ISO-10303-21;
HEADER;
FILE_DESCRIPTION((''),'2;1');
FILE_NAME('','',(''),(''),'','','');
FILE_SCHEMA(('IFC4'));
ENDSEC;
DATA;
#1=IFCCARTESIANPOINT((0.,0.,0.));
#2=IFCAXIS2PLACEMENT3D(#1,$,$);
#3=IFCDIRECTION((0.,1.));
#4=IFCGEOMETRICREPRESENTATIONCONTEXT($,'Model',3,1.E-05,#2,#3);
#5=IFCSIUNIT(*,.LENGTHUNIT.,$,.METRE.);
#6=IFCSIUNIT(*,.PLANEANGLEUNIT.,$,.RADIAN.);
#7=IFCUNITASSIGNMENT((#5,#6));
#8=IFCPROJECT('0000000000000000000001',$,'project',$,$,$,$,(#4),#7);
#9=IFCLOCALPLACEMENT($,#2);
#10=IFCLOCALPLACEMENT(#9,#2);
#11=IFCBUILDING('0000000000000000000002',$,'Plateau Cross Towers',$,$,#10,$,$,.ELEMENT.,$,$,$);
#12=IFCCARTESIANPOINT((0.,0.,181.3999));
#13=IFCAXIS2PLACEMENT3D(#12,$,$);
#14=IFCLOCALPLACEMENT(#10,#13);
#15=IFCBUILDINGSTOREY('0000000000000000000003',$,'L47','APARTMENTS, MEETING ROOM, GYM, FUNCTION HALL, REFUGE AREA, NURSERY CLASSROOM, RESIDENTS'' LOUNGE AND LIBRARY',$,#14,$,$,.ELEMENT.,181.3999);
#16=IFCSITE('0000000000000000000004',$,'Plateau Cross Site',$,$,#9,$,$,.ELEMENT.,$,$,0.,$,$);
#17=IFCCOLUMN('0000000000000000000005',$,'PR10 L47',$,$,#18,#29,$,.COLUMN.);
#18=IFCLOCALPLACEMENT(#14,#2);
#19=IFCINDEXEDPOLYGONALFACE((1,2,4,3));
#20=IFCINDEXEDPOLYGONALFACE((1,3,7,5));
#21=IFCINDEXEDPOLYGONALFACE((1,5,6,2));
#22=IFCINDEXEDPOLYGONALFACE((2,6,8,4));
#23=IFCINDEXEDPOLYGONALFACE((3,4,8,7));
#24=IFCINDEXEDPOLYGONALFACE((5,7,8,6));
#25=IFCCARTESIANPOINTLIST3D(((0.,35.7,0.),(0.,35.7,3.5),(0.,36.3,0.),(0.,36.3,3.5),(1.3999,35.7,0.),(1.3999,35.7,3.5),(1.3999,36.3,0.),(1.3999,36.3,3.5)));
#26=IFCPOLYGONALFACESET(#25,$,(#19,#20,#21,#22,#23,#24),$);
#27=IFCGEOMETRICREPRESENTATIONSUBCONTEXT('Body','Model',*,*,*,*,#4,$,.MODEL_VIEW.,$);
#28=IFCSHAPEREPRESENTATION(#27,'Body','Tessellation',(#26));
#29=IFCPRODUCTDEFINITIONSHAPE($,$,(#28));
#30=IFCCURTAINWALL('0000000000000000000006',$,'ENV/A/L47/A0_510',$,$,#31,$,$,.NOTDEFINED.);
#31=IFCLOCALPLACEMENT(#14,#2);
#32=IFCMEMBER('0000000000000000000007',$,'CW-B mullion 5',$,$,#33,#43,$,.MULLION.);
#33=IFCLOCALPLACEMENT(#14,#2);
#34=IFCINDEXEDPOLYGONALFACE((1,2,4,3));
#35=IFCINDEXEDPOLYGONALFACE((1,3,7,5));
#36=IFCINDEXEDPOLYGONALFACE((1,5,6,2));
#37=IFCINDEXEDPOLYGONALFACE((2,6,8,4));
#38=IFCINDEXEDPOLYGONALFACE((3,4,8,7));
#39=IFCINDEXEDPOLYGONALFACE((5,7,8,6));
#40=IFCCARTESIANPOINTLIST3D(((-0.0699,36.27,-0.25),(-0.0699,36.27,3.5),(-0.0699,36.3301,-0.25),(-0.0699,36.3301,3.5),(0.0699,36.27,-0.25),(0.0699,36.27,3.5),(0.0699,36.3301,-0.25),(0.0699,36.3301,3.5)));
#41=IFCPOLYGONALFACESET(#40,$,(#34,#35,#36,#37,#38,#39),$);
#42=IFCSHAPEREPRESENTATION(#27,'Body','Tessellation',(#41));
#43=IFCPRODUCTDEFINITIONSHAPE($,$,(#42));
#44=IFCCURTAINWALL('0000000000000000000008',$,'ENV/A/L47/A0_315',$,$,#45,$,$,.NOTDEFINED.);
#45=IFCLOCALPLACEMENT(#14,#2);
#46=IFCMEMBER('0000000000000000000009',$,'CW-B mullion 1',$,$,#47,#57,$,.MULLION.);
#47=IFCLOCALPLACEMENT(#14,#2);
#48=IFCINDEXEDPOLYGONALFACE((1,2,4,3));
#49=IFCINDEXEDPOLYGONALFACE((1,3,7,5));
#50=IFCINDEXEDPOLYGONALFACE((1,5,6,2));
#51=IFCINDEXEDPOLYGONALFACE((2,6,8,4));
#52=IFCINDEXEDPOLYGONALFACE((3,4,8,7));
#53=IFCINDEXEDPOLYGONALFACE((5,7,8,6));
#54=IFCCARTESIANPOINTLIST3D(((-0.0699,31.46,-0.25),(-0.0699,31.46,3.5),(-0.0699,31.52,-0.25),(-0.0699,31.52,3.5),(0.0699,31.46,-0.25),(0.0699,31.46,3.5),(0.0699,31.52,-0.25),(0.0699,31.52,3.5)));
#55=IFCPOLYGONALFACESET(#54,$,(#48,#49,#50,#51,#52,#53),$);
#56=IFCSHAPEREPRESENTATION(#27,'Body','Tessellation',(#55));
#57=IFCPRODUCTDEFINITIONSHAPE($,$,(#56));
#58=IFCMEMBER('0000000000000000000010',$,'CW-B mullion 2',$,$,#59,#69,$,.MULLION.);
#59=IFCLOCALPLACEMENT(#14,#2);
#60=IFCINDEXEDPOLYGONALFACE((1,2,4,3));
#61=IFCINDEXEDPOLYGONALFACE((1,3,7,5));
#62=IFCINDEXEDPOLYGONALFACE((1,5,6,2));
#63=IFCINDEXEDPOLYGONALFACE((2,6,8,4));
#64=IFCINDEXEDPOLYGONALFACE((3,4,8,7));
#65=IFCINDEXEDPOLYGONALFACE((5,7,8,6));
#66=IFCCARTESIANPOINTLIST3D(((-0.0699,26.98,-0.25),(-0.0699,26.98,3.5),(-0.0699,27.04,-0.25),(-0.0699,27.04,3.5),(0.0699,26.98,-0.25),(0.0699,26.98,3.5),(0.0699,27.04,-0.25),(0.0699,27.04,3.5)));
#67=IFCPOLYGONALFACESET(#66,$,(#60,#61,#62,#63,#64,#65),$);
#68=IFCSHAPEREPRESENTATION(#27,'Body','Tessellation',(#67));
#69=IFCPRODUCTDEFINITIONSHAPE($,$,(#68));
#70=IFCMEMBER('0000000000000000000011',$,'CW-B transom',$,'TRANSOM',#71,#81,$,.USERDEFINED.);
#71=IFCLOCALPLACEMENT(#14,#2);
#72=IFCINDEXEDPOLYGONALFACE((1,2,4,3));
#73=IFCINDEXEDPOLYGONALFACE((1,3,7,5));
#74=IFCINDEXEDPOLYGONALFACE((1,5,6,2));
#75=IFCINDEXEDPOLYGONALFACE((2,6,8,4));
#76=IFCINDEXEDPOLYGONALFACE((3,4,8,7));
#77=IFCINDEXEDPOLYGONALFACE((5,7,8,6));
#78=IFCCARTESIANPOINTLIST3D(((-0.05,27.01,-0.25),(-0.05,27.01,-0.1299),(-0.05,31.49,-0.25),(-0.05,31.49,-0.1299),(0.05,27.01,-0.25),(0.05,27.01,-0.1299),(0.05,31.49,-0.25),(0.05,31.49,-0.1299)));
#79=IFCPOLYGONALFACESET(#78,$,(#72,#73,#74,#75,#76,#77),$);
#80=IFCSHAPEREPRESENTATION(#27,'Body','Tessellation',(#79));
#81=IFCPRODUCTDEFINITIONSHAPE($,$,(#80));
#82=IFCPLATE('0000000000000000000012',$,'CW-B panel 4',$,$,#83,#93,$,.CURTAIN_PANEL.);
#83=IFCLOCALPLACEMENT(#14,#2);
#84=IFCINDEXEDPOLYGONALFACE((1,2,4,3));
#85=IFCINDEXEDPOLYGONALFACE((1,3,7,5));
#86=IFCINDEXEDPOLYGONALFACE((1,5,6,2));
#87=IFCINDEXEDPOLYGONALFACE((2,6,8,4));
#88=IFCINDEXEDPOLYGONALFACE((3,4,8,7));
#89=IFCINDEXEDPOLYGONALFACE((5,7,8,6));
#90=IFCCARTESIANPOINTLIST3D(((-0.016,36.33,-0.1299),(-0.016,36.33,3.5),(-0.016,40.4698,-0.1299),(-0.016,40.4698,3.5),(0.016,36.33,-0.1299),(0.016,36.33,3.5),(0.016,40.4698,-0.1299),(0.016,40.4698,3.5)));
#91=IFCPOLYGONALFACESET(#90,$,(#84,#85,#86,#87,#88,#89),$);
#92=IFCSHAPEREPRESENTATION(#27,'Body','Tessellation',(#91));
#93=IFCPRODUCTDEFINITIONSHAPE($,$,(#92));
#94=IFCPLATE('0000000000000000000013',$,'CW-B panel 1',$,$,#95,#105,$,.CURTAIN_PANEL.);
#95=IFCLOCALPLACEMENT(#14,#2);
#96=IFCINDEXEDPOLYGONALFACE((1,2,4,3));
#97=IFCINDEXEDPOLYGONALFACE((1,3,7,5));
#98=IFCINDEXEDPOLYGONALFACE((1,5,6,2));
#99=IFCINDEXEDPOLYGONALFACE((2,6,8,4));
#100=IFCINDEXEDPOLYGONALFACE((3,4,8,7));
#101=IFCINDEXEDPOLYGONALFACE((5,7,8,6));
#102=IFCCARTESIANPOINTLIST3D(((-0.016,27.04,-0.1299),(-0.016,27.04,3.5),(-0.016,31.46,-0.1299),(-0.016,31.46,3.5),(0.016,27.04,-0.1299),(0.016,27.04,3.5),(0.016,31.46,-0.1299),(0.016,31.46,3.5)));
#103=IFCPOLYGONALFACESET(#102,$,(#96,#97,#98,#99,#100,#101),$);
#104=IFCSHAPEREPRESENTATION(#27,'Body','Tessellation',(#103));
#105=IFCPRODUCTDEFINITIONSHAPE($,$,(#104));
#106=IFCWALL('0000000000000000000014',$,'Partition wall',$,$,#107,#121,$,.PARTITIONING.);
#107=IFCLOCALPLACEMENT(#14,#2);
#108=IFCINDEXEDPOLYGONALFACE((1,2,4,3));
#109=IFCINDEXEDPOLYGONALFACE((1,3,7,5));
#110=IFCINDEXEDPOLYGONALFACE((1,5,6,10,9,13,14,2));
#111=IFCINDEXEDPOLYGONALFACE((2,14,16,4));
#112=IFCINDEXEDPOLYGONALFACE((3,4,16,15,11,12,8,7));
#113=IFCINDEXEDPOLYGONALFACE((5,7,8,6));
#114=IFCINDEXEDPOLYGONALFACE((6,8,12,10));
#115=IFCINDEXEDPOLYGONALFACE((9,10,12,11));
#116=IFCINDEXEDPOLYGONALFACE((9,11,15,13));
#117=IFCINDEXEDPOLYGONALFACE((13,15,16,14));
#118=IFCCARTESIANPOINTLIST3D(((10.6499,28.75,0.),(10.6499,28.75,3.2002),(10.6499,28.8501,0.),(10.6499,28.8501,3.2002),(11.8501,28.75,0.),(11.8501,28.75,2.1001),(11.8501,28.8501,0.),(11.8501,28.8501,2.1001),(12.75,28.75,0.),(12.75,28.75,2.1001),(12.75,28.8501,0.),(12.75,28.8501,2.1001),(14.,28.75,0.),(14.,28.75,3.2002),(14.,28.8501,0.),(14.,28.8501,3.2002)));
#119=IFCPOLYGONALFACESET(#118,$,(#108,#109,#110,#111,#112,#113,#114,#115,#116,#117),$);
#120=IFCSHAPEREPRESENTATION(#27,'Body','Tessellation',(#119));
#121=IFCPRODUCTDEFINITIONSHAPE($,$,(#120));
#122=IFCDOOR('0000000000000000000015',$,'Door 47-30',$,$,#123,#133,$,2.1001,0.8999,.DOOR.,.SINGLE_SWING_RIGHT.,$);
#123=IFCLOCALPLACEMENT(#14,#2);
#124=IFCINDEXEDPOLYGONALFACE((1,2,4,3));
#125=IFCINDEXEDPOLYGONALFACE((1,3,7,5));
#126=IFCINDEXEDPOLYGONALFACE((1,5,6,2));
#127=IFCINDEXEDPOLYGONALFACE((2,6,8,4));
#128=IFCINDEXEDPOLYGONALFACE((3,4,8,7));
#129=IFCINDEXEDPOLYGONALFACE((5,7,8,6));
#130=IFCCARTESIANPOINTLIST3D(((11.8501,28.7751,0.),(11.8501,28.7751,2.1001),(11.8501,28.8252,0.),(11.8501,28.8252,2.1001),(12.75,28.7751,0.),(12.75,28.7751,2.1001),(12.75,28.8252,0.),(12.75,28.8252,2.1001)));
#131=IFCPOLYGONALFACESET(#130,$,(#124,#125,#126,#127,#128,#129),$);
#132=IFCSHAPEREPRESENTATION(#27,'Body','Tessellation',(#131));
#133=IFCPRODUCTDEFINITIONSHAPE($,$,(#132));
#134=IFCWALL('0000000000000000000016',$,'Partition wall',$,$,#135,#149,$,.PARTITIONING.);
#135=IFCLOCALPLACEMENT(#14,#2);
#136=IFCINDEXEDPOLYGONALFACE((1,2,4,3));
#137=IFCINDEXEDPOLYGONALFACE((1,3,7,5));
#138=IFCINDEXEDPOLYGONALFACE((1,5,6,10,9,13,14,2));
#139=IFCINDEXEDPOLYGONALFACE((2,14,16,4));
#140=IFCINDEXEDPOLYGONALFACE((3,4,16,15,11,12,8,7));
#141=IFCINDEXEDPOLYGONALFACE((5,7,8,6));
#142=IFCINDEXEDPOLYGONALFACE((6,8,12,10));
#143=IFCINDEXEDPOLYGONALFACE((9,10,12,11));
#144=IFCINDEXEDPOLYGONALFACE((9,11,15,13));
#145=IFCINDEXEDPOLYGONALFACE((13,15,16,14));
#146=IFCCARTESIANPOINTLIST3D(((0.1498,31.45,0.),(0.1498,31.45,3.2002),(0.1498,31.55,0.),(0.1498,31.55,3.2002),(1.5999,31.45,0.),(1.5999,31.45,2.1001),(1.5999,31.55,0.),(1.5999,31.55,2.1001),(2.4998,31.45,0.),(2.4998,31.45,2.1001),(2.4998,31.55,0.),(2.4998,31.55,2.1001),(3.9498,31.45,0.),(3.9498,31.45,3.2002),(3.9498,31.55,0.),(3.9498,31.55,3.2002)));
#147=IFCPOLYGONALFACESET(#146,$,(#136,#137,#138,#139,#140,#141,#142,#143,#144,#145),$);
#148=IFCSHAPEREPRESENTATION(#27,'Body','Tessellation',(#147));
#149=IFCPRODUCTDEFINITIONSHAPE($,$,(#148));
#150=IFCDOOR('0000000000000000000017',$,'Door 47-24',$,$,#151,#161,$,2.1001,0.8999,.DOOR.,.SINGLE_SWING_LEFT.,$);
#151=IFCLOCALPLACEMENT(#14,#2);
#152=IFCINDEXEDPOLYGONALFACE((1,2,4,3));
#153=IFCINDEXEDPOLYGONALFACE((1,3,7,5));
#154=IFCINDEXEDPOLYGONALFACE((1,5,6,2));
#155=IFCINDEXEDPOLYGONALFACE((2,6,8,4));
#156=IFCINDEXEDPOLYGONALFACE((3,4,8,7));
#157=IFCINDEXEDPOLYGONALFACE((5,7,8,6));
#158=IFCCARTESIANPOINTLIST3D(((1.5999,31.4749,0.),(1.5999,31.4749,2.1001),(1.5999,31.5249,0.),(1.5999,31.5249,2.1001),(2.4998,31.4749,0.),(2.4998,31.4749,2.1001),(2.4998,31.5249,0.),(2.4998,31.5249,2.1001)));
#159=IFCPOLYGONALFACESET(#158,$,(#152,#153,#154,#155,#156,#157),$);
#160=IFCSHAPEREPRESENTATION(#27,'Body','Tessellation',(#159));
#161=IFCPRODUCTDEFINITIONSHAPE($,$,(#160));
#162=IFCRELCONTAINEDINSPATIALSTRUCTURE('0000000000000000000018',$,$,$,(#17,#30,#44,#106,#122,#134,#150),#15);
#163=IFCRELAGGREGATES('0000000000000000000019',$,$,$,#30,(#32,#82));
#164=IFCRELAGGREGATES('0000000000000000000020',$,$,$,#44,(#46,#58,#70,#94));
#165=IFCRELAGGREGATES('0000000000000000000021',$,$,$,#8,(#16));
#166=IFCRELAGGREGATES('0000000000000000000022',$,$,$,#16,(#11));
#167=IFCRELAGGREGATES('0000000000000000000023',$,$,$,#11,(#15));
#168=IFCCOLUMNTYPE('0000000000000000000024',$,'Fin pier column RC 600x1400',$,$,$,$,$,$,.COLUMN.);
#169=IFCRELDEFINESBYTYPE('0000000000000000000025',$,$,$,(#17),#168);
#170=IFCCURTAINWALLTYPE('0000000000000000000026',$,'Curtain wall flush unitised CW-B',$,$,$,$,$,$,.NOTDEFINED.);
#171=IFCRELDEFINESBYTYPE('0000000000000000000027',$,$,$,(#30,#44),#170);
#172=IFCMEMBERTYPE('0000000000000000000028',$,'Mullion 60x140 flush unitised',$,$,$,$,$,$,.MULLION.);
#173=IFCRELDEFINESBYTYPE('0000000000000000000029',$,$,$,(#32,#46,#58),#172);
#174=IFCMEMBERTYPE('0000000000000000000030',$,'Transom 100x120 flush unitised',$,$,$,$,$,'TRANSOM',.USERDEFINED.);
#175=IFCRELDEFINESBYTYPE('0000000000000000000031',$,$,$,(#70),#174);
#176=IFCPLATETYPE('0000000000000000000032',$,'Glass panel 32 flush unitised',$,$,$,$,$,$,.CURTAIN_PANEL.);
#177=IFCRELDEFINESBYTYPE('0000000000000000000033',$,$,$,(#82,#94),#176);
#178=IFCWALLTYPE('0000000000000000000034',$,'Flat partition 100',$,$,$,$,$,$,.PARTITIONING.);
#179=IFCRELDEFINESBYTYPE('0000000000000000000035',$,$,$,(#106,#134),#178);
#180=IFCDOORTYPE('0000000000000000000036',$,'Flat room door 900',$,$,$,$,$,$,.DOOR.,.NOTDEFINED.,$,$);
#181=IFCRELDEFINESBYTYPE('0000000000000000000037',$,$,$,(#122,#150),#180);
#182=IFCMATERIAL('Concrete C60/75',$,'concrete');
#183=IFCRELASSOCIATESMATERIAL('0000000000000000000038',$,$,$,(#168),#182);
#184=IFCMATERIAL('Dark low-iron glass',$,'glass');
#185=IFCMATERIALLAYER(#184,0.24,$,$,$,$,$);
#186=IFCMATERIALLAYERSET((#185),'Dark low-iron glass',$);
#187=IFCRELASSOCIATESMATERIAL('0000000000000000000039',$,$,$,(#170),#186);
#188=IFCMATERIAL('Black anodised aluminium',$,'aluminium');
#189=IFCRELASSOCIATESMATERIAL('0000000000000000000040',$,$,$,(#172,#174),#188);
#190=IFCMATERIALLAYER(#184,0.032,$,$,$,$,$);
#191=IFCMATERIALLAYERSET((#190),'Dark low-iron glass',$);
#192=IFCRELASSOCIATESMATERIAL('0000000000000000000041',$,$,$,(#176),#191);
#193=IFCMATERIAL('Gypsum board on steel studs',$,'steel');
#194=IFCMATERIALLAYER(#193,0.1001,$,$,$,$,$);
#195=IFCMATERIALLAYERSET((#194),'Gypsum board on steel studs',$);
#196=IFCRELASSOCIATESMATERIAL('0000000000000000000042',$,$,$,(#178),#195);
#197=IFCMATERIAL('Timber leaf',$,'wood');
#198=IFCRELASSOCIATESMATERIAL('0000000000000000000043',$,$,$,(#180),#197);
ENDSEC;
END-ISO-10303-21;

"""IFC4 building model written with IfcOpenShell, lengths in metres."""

from ifc_helpers import new_model, si_unit, direction, frame, frame_2d, origin, origin_2d, place, context, subcontext, project, spatial, rectangle, extrude, material, layer, layer_set, material_profile, profile_set, type_object, element, fill, aggregate, save


model = new_model("IFC4")

# Units and contexts
model_context = context("Model", 3, precision=1e-05, world=origin(), true_north=direction((0.0, 1.0)))
body_context = subcontext(model_context, "Body", "Model", "MODEL_VIEW")
ifc_project = project(units=[si_unit("LENGTHUNIT", "METRE"), si_unit("PLANEANGLEUNIT", "RADIAN")], contexts=[model_context])

# Site, building, storey
site_placement = place(None, origin())
site = spatial("IfcSite", under=ifc_project, at=site_placement, Name="Plateau Cross Site", CompositionType="ELEMENT", RefElevation=0.0)
building_placement = place(site_placement, origin())
building = spatial("IfcBuilding", under=site, at=building_placement, Name="Plateau Cross Towers", CompositionType="ELEMENT")
storey_placement = place(building_placement, frame((0.0, 0.0, 181.3999)))
storey = spatial("IfcBuildingStorey", under=building, at=storey_placement, Name="L47", Description="APARTMENTS, MEETING ROOM, GYM, FUNCTION HALL, REFUGE AREA, NURSERY CLASSROOM, RESIDENTS' LOUNGE AND LIBRARY", CompositionType="ELEMENT", Elevation=181.3999)

# Column
ifc_material_1 = material(Name="Concrete C60/75", Category="concrete")
ifc_material_profile_1 = material_profile(ifc_material_1, rectangle(XDim=0.6001, YDim=1.3999, at=origin_2d()), Name="RC 600x1400")
ifc_profile_set_1 = profile_set([ifc_material_profile_1], Name="Concrete C60/75")
column_type = type_object("IfcColumnType", Name="Fin pier column RC 600x1400", PredefinedType="COLUMN", material=ifc_profile_set_1)
column_placement = place(storey_placement, frame((0.7, 36.0, 0.0), z_axis=(0.0, 0.0, 1.0), x_axis=(0.0, 1.0, 0.0)))
element("IfcColumn", 1, at=column_placement, inside=storey, type_object=column_type, Name="PR10 L47", PredefinedType="COLUMN", context=body_context, shape_type="SweptSolid", body=[
    extrude(rectangle(XDim=0.6001, YDim=1.3999, at=origin_2d()), origin(), (0.0, 0.0, 1.0), 3.5),
])

# Curtain wall, member
ifc_material_2 = material(Name="Dark low-iron glass", Category="glass")
ifc_layer_1 = layer(ifc_material_2, 0.24)
ifc_layer_set_1 = layer_set([ifc_layer_1], Name="Dark low-iron glass")
curtain_wall_type = type_object("IfcCurtainWallType", Name="Curtain wall flush unitised CW-B", PredefinedType="NOTDEFINED", material=ifc_layer_set_1)
curtain_wall_1_placement = place(storey_placement, origin())
curtain_wall_1 = element("IfcCurtainWall", 2, at=curtain_wall_1_placement, inside=storey, type_object=curtain_wall_type, Name="ENV/A/L47/A0_510", PredefinedType="NOTDEFINED")
ifc_material_3 = material(Name="Black anodised aluminium", Category="aluminium")
ifc_material_profile_2 = material_profile(ifc_material_3, rectangle(XDim=0.0601, YDim=0.1399, at=origin_2d()), Name="MULLION 60x140")
ifc_profile_set_2 = profile_set([ifc_material_profile_2], Name="Black anodised aluminium")
member_type_1 = type_object("IfcMemberType", Name="Mullion 60x140 flush unitised", PredefinedType="MULLION", material=ifc_profile_set_2)
member_1_placement = place(storey_placement, frame((0.0, 36.3, -0.25), z_axis=(0.0, 0.0, 1.0), x_axis=(0.0, -1.0, 0.0)))
member_1 = element("IfcMember", 3, at=member_1_placement, type_object=member_type_1, Name="CW-B mullion 5", PredefinedType="MULLION", context=body_context, shape_type="SweptSolid", body=[
    extrude(rectangle(XDim=0.0601, YDim=0.1399, at=origin_2d()), origin(), (0.0, 0.0, 1.0), 3.75),
])

# Curtain wall, members
curtain_wall_2_placement = place(storey_placement, origin())
curtain_wall_2 = element("IfcCurtainWall", 4, at=curtain_wall_2_placement, inside=storey, type_object=curtain_wall_type, Name="ENV/A/L47/A0_315", PredefinedType="NOTDEFINED")
member_2_placement = place(storey_placement, frame((0.0, 31.49, -0.25), z_axis=(0.0, 0.0, 1.0), x_axis=(0.0, -1.0, 0.0)))
member_2 = element("IfcMember", 5, at=member_2_placement, type_object=member_type_1, Name="CW-B mullion 1", PredefinedType="MULLION", context=body_context, shape_type="SweptSolid", body=[
    extrude(rectangle(XDim=0.0601, YDim=0.1399, at=origin_2d()), origin(), (0.0, 0.0, 1.0), 3.75),
])
member_3_placement = place(storey_placement, frame((0.0, 27.01, -0.25), z_axis=(0.0, 0.0, 1.0), x_axis=(0.0, -1.0, 0.0)))
member_3 = element("IfcMember", 6, at=member_3_placement, type_object=member_type_1, Name="CW-B mullion 2", PredefinedType="MULLION", context=body_context, shape_type="SweptSolid", body=[
    extrude(rectangle(XDim=0.0601, YDim=0.1399, at=origin_2d()), origin(), (0.0, 0.0, 1.0), 3.75),
])
ifc_material_profile_3 = material_profile(ifc_material_3, rectangle(XDim=0.1001, YDim=0.1201, at=origin_2d()), Name="TRANSOM 100x120")
ifc_profile_set_3 = profile_set([ifc_material_profile_3], Name="Black anodised aluminium")
member_type_2 = type_object("IfcMemberType", Name="Transom 100x120 flush unitised", ElementType="TRANSOM", PredefinedType="USERDEFINED", material=ifc_profile_set_3)
member_4_placement = place(storey_placement, frame((0.0, 31.49, -0.1899), z_axis=(0.0, -1.0, 0.0), x_axis=(1.0, 0.0, 0.0)))
member_4 = element("IfcMember", 7, at=member_4_placement, type_object=member_type_2, Name="CW-B transom", ObjectType="TRANSOM", PredefinedType="USERDEFINED", context=body_context, shape_type="SweptSolid", body=[
    extrude(rectangle(XDim=0.1001, YDim=0.1201, at=origin_2d()), origin(), (0.0, 0.0, 1.0), 4.48),
])

# Plates
ifc_layer_2 = layer(ifc_material_2, 0.032)
ifc_layer_set_2 = layer_set([ifc_layer_2], Name="Dark low-iron glass")
plate_type = type_object("IfcPlateType", Name="Glass panel 32 flush unitised", PredefinedType="CURTAIN_PANEL", material=ifc_layer_set_2)
plate_1_placement = place(storey_placement, frame((0.0, 38.3999, -0.1299), z_axis=(0.0, 0.0, 1.0), x_axis=(0.0, -1.0, 0.0)))
plate_1 = element("IfcPlate", 8, at=plate_1_placement, type_object=plate_type, Name="CW-B panel 4", PredefinedType="CURTAIN_PANEL", context=body_context, shape_type="SweptSolid", body=[
    extrude(rectangle(XDim=4.1399, YDim=0.032, at=origin_2d()), origin(), (0.0, 0.0, 1.0), 3.6299),
])
aggregate(curtain_wall_1, [member_1, plate_1])
plate_2_placement = place(storey_placement, frame((0.0, 29.25, -0.1299), z_axis=(0.0, 0.0, 1.0), x_axis=(0.0, -1.0, 0.0)))
plate_2 = element("IfcPlate", 9, at=plate_2_placement, type_object=plate_type, Name="CW-B panel 1", PredefinedType="CURTAIN_PANEL", context=body_context, shape_type="SweptSolid", body=[
    extrude(rectangle(XDim=4.4199, YDim=0.032, at=origin_2d()), origin(), (0.0, 0.0, 1.0), 3.6299),
])
aggregate(curtain_wall_2, [member_2, member_3, member_4, plate_2])

# Walls, openings, doors
ifc_material_4 = material(Name="Gypsum board on steel studs", Category="steel")
ifc_layer_3 = layer(ifc_material_4, 0.1001)
ifc_layer_set_3 = layer_set([ifc_layer_3], Name="Gypsum board on steel studs")
wall_type_1 = type_object("IfcWallType", Name="Flat partition 100", PredefinedType="PARTITIONING", material=ifc_layer_set_3)
wall_1_placement = place(storey_placement, frame((14.0, 28.8, 0.0), z_axis=(0.0, 0.0, 1.0), x_axis=(-1.0, 0.0, 0.0)))
wall_1 = element("IfcWall", 10, at=wall_1_placement, inside=storey, type_object=wall_type_1, Name="Partition wall", PredefinedType="PARTITIONING", context=body_context, shape_type="SweptSolid", body=[
    extrude(rectangle(XDim=3.3501, YDim=0.1001, at=frame_2d((1.675, 0.0))), origin(), (0.0, 0.0, 1.0), 3.2002),
])
opening_1_placement = place(wall_1_placement, frame((1.25, 0.0, 0.0)))
opening_1 = element("IfcOpeningElement", 11, at=opening_1_placement, cuts=wall_1, PredefinedType="OPENING", context=body_context, shape_type="SweptSolid", body=[
    extrude(rectangle(XDim=0.8999, YDim=2.1001, at=frame_2d((0.45, 1.05))), frame((0.0, 0.0601, 0.0), z_axis=(0.0, -1.0, 0.0), x_axis=(1.0, 0.0, 0.0)), (0.0, 0.0, 1.0), 0.1201),
])
ifc_material_5 = material(Name="Timber leaf", Category="wood")
door_type_1 = type_object("IfcDoorType", Name="Flat room door 900", OperationType="NOTDEFINED", PredefinedType="DOOR", material=ifc_material_5)
door_1_placement = place(opening_1_placement, origin())
door_1 = element("IfcDoor", 12, at=door_1_placement, inside=storey, type_object=door_type_1, Name="Door 47-30", OperationType="SINGLE_SWING_RIGHT", OverallHeight=2.1001, OverallWidth=0.8999, PredefinedType="DOOR", context=body_context, shape_type="SweptSolid", body=[
    extrude(rectangle(XDim=0.8999, YDim=2.1001, at=frame_2d((0.45, 1.05))), frame((0.0, 0.0249, 0.0), z_axis=(0.0, -1.0, 0.0), x_axis=(1.0, 0.0, 0.0)), (0.0, 0.0, 1.0), 0.05),
])
fill(opening_1, door_1)
wall_2_placement = place(storey_placement, frame((0.1499, 31.5, 0.0), z_axis=(0.0, 0.0, 1.0), x_axis=(1.0, 0.0, 0.0)))
wall_2 = element("IfcWall", 13, at=wall_2_placement, inside=storey, type_object=wall_type_1, Name="Partition wall", PredefinedType="PARTITIONING", context=body_context, shape_type="SweptSolid", body=[
    extrude(rectangle(XDim=3.8, YDim=0.1001, at=frame_2d((1.8999, 0.0))), origin(), (0.0, 0.0, 1.0), 3.2002),
])
opening_2_placement = place(wall_2_placement, frame((1.45, 0.0, 0.0)))
opening_2 = element("IfcOpeningElement", 14, at=opening_2_placement, cuts=wall_2, PredefinedType="OPENING", context=body_context, shape_type="SweptSolid", body=[
    extrude(rectangle(XDim=0.8999, YDim=2.1001, at=frame_2d((0.45, 1.05))), frame((0.0, 0.0601, 0.0), z_axis=(0.0, -1.0, 0.0), x_axis=(1.0, 0.0, 0.0)), (0.0, 0.0, 1.0), 0.1201),
])
door_2_placement = place(opening_2_placement, origin())
door_2 = element("IfcDoor", 15, at=door_2_placement, inside=storey, type_object=door_type_1, Name="Door 47-24", OperationType="SINGLE_SWING_LEFT", OverallHeight=2.1001, OverallWidth=0.8999, PredefinedType="DOOR", context=body_context, shape_type="SweptSolid", body=[
    extrude(rectangle(XDim=0.8999, YDim=2.1001, at=frame_2d((0.45, 1.05))), frame((0.0, 0.0249, 0.0), z_axis=(0.0, -1.0, 0.0), x_axis=(1.0, 0.0, 0.0)), (0.0, 0.0, 1.0), 0.05),
])
fill(opening_2, door_2)

save(model, "model.ifc")
